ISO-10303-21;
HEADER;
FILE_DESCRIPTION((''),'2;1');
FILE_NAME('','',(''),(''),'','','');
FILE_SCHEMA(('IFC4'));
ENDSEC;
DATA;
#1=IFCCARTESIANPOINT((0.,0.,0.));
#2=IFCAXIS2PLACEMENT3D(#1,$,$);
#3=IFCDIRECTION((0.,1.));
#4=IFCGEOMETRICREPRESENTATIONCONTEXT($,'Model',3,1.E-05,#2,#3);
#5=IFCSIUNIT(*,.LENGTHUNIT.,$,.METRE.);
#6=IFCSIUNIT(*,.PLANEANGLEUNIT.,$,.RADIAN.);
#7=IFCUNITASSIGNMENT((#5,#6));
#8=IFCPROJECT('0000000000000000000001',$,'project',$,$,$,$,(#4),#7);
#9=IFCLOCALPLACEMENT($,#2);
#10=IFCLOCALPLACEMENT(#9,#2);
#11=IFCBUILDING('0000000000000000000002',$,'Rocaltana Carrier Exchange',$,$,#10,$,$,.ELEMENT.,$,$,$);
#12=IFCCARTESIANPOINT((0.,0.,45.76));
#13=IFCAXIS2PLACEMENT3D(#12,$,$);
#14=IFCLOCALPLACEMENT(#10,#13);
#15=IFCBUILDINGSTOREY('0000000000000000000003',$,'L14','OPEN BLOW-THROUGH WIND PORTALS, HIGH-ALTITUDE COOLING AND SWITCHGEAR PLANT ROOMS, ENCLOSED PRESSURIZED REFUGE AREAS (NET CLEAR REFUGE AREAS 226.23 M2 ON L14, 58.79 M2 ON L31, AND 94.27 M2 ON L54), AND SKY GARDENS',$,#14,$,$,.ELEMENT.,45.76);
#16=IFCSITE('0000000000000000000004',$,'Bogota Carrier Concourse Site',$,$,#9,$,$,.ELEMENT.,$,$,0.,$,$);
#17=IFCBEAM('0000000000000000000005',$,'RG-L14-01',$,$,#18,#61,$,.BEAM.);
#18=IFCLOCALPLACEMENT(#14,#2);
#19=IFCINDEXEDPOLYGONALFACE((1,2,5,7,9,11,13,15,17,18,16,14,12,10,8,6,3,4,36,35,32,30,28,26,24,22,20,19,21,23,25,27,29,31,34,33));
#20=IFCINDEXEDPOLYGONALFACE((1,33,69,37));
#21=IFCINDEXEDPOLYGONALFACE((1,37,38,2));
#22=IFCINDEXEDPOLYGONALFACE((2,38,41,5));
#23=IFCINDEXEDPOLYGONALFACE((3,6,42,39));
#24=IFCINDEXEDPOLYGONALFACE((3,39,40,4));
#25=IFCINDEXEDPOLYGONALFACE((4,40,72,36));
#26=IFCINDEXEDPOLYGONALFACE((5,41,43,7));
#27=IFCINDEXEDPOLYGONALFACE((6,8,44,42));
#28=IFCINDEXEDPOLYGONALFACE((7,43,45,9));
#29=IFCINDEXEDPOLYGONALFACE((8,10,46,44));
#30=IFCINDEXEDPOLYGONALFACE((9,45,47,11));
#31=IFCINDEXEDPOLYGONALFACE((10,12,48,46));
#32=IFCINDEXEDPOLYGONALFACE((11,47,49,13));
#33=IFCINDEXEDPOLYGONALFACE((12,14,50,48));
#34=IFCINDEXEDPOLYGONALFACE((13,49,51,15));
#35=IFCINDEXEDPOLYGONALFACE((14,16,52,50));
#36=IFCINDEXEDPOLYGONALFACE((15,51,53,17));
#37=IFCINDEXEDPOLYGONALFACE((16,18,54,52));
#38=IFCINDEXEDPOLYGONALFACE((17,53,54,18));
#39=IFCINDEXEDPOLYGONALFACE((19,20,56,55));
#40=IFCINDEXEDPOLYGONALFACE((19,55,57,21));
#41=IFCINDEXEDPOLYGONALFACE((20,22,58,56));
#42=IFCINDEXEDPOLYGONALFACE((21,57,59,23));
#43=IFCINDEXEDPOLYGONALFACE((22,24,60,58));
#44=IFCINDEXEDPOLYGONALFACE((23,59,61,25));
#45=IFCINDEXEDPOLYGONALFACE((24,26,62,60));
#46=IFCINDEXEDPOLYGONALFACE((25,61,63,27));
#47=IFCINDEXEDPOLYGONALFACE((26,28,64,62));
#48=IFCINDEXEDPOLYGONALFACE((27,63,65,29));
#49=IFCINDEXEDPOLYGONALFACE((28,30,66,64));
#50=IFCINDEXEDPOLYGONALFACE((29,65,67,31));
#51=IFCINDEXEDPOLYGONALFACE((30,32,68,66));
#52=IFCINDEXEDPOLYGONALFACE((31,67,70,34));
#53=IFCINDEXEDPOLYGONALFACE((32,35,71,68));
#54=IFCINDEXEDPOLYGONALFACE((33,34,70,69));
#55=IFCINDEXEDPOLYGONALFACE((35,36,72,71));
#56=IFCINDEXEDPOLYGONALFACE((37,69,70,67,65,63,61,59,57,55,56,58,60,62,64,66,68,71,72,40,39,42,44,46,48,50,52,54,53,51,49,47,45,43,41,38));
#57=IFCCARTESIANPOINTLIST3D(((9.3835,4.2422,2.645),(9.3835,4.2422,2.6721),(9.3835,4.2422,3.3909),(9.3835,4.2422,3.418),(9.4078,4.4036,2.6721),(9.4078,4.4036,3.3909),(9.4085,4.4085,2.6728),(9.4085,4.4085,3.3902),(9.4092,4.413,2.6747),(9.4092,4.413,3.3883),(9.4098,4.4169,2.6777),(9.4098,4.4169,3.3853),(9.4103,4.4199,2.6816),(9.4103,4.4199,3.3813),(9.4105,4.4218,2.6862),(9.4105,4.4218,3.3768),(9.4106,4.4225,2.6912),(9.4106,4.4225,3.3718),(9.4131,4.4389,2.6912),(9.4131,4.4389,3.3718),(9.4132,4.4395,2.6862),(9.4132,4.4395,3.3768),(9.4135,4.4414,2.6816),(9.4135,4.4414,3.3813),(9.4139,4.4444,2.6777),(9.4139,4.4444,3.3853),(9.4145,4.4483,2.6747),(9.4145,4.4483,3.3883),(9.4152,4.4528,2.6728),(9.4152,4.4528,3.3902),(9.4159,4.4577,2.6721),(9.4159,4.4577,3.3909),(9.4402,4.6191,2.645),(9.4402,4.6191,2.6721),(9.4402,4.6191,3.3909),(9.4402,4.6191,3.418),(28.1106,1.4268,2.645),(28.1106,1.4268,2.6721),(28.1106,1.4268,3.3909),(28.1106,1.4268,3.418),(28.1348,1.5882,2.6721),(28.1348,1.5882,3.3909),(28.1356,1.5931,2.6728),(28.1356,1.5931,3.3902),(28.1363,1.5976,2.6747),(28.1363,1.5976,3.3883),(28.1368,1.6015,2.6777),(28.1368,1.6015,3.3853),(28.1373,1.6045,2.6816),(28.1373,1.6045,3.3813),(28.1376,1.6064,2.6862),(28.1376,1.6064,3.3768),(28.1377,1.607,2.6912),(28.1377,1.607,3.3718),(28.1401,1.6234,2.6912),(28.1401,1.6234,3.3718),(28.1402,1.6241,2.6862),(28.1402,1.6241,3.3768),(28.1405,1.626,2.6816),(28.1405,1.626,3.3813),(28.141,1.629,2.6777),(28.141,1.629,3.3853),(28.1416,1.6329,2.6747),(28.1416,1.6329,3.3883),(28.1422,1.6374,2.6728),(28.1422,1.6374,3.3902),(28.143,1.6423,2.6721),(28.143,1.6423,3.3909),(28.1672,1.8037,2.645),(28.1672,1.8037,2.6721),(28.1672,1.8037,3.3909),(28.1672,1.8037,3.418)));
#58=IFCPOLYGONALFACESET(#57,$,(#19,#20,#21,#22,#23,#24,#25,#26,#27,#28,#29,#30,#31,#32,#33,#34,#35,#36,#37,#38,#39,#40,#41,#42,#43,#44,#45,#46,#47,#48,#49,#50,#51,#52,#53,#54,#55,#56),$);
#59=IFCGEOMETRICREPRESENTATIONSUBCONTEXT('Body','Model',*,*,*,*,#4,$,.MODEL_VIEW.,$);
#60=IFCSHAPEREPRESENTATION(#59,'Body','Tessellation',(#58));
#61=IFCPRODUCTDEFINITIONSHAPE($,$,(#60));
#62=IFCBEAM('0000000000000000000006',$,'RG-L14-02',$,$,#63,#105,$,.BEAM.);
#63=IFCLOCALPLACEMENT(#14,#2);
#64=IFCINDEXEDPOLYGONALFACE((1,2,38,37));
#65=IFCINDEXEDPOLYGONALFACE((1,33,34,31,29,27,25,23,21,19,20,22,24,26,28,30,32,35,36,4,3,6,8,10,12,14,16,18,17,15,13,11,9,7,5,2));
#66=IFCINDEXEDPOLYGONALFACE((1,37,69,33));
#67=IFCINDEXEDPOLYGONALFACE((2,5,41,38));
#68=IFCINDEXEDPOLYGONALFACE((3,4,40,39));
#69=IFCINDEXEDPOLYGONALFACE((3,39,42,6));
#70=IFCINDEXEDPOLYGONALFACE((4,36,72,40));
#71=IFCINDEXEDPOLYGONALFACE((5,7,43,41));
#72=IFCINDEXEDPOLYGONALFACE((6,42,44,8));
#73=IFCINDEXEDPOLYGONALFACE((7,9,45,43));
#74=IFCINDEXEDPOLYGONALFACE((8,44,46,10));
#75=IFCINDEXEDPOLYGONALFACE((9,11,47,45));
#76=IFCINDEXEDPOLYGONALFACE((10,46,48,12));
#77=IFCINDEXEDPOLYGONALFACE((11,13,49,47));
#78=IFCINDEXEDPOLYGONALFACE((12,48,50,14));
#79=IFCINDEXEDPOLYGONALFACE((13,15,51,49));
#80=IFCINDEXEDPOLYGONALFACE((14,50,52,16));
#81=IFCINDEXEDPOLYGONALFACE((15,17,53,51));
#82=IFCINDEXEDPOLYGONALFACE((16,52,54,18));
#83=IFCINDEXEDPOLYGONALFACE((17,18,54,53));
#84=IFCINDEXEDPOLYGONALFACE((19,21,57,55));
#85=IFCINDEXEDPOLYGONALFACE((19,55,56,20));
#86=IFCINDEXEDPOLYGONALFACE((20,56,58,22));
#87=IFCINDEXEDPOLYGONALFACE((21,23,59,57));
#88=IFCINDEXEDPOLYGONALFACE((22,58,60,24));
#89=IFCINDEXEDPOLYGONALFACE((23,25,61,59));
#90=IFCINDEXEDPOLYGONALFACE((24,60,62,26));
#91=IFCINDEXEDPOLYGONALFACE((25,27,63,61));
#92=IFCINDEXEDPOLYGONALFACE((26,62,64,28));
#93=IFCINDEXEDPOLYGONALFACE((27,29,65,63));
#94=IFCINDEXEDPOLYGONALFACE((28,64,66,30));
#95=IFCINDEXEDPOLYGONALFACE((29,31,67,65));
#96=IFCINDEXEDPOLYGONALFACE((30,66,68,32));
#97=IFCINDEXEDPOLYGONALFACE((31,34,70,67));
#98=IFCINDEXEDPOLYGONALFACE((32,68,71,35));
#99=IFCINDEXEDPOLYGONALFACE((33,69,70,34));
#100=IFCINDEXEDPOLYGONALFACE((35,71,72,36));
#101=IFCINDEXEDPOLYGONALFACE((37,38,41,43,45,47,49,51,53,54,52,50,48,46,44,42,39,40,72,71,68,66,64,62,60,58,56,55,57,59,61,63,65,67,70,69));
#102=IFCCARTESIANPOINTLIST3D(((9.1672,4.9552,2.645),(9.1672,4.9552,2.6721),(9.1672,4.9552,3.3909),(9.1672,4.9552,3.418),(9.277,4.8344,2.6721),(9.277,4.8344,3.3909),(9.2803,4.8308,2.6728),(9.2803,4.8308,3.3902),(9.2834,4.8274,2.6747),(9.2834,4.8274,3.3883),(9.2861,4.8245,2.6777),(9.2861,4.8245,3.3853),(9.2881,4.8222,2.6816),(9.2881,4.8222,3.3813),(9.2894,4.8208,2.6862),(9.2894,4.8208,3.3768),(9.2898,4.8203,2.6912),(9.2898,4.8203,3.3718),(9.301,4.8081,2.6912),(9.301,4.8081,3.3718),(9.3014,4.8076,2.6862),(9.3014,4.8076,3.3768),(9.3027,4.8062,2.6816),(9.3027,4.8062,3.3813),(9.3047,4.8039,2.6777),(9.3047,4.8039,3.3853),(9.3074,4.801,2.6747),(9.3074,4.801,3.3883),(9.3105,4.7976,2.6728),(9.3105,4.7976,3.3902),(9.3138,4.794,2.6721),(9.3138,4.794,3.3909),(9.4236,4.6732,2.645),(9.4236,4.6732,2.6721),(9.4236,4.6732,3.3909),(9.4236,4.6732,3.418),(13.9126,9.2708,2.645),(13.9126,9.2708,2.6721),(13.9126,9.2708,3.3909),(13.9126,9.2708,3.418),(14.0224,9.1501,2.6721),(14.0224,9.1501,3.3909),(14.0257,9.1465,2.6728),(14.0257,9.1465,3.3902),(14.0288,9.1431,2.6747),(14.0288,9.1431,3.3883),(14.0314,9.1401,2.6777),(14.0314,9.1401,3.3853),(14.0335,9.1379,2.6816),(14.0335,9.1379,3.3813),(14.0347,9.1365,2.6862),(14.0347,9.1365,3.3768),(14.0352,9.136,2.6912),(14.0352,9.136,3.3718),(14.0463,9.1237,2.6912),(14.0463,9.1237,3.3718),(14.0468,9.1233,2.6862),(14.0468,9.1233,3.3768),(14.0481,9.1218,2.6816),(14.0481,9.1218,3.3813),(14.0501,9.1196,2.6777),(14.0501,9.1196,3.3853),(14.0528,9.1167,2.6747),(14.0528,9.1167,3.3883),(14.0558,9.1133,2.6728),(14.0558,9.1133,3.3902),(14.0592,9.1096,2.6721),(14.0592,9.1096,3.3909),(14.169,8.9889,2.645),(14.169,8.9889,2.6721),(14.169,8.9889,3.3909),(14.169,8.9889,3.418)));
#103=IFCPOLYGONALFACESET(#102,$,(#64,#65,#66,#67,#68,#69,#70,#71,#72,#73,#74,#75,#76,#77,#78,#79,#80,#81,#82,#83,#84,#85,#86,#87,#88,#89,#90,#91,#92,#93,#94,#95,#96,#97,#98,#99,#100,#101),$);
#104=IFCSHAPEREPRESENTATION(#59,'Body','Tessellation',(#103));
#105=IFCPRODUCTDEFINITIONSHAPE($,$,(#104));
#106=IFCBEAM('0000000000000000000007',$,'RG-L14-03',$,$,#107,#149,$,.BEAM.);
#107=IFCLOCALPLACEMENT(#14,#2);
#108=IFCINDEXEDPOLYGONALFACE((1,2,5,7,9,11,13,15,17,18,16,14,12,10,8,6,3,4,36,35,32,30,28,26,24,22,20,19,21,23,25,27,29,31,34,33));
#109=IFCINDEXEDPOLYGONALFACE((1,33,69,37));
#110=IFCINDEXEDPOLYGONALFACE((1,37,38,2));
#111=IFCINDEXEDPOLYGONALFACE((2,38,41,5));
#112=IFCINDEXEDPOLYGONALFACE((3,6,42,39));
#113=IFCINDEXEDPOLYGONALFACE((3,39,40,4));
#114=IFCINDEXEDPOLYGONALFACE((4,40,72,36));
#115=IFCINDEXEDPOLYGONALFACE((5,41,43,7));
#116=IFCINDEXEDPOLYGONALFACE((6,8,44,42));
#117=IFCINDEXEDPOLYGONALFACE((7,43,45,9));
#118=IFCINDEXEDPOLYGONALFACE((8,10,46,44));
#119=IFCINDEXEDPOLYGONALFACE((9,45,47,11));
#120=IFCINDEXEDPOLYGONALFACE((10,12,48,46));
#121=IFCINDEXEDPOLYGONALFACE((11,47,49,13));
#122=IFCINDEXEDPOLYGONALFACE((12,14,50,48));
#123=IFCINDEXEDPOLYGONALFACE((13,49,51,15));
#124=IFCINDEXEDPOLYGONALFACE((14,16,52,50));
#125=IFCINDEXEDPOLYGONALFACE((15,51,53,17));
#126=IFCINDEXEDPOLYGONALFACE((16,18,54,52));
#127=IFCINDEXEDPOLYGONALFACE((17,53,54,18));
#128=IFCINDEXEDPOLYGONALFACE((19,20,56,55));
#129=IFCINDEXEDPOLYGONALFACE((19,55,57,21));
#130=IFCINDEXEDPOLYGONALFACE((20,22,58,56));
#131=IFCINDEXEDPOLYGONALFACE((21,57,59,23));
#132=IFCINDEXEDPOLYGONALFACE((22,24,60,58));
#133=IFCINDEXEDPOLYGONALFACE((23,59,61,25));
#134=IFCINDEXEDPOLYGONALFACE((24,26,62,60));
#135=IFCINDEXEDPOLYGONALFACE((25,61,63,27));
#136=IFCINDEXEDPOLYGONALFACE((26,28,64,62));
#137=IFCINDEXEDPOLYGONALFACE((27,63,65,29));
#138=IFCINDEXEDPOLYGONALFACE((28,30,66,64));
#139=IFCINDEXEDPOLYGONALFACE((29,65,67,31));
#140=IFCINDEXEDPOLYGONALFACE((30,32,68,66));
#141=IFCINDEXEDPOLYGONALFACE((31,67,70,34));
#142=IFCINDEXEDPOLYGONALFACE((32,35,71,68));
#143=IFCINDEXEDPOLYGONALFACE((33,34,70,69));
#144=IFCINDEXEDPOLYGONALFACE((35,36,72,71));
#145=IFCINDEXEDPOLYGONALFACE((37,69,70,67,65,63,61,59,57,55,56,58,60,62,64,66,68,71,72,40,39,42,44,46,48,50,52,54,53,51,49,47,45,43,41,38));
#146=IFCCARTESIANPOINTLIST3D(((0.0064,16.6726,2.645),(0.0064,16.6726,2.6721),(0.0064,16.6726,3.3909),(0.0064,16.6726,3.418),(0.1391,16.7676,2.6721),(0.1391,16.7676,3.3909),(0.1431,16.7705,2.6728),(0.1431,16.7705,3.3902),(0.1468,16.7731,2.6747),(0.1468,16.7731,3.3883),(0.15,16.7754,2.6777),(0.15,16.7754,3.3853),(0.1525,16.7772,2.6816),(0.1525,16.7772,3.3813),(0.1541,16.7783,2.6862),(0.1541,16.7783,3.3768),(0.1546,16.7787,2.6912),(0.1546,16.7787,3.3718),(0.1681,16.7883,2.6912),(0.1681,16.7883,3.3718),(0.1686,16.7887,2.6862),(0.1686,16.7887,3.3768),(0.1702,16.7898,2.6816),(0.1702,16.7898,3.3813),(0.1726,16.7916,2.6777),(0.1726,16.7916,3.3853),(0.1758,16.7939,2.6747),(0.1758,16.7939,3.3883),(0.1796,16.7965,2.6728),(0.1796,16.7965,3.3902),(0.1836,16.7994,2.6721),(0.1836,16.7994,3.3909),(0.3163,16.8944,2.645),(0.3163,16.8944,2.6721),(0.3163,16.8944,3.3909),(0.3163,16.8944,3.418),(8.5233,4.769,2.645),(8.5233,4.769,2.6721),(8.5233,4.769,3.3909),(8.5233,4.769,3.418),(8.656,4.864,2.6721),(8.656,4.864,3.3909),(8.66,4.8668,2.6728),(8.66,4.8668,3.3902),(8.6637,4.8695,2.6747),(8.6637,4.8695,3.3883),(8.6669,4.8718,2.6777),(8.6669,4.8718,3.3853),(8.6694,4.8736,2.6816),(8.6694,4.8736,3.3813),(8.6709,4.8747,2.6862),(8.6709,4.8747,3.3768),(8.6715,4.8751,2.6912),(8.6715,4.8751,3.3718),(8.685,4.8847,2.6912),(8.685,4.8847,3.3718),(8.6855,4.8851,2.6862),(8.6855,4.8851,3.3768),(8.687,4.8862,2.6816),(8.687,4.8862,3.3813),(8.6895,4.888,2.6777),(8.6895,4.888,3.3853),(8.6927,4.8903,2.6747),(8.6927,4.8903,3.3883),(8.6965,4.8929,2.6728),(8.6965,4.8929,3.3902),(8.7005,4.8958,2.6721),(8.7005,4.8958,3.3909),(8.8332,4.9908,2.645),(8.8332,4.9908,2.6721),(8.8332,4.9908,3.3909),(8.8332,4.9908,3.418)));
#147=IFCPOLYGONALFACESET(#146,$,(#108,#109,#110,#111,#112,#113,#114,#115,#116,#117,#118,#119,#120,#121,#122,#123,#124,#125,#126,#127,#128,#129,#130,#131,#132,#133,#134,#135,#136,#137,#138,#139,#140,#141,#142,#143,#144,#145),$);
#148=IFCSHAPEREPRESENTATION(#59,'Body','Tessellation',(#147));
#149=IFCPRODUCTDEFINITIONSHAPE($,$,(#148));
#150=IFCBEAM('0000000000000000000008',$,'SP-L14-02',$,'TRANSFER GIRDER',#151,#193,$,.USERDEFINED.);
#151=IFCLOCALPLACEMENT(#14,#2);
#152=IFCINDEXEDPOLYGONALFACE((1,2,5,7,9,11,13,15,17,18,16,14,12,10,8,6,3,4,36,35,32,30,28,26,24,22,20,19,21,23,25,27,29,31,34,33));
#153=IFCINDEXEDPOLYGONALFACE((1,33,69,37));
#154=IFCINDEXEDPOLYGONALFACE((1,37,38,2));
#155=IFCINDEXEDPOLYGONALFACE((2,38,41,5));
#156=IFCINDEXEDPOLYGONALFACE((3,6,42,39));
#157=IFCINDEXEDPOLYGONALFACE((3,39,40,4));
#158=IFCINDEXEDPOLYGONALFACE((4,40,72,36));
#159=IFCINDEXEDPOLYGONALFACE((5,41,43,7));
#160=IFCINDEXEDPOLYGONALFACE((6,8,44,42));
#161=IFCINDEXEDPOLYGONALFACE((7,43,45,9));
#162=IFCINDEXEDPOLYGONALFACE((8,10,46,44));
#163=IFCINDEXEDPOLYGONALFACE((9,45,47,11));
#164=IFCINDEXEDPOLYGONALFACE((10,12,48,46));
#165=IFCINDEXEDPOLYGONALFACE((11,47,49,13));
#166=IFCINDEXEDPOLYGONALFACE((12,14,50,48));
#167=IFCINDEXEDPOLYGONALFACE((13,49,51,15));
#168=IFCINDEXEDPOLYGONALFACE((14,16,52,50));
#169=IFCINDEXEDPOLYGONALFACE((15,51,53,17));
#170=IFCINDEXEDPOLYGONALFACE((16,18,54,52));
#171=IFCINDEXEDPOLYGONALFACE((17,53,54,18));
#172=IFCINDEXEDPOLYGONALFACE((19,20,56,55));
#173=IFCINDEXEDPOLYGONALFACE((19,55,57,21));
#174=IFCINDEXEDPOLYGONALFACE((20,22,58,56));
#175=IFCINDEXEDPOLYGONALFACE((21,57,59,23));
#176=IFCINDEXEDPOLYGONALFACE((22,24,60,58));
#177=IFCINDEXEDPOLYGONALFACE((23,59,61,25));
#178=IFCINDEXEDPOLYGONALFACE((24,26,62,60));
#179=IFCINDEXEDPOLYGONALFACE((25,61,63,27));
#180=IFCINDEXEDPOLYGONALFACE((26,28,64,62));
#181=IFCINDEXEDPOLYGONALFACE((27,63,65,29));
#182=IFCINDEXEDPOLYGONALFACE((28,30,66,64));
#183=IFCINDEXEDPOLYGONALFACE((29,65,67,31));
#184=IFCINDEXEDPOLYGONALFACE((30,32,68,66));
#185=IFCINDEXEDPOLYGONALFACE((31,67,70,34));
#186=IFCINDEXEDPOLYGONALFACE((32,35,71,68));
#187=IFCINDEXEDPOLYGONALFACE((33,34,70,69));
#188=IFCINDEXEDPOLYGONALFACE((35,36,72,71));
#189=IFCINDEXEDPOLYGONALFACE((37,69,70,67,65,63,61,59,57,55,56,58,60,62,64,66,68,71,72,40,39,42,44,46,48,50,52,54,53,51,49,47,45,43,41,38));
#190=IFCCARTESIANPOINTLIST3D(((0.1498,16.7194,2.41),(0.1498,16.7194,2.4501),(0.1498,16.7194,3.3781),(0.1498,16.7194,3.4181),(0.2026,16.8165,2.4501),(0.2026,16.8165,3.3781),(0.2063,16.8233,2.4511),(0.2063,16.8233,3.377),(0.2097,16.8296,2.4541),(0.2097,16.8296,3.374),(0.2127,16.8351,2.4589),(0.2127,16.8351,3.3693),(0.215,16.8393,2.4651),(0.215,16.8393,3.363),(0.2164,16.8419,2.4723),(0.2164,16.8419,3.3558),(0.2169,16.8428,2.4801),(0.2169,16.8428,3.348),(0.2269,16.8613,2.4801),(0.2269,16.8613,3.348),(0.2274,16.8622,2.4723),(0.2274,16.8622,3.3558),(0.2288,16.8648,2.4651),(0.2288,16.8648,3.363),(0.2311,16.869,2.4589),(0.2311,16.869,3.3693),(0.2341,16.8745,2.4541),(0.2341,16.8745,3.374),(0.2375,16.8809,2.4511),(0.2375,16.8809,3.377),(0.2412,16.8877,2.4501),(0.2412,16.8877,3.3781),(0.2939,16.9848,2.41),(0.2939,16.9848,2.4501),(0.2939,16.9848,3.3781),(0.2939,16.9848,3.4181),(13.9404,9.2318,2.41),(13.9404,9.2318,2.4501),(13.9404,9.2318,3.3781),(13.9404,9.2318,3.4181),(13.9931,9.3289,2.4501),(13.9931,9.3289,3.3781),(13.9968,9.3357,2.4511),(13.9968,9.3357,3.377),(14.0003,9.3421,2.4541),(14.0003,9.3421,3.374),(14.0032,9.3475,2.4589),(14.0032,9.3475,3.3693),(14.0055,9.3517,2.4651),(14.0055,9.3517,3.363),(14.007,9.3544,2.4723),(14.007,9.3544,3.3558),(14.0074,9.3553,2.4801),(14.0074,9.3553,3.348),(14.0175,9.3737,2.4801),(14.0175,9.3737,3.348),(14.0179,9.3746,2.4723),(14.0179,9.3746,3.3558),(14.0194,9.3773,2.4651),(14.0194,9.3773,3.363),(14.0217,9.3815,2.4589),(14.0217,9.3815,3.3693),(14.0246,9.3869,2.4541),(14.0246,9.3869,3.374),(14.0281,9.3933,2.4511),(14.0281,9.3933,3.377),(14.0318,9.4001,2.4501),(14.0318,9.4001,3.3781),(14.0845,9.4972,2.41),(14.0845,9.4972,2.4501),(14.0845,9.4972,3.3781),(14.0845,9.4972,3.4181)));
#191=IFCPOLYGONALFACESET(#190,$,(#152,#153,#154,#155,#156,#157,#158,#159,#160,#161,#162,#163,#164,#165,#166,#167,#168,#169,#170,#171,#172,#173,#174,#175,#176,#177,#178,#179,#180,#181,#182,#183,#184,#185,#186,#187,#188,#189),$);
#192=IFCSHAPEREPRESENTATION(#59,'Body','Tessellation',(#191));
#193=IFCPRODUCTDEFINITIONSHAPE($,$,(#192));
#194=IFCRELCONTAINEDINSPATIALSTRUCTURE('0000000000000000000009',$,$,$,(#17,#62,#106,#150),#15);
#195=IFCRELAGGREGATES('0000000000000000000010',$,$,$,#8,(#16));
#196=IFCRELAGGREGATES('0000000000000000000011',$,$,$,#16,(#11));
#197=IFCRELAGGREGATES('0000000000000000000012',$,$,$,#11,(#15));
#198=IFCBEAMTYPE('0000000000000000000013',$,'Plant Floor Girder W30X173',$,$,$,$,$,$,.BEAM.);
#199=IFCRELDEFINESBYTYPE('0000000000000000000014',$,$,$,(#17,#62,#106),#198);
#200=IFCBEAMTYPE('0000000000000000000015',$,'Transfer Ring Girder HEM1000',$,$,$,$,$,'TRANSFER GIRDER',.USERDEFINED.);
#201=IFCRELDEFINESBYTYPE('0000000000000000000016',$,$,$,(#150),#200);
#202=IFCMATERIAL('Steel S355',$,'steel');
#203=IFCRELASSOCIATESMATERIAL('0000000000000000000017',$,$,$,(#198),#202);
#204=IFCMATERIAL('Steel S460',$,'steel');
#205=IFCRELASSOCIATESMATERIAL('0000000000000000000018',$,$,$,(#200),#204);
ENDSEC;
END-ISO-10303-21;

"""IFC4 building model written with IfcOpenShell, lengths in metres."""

from ifc_helpers import new_model, si_unit, direction, frame, origin, origin_2d, place, context, subcontext, project, spatial, i_section, extrude, material, material_profile, profile_set, type_object, element, save


model = new_model("IFC4")

# Units and contexts
model_context = context("Model", 3, precision=1e-05, world=origin(), true_north=direction((0.0, 1.0)))
body_context = subcontext(model_context, "Body", "Model", "MODEL_VIEW")
ifc_project = project(units=[si_unit("LENGTHUNIT", "METRE"), si_unit("PLANEANGLEUNIT", "RADIAN")], contexts=[model_context])

# Site, building, storey
site_placement = place(None, origin())
site = spatial("IfcSite", under=ifc_project, at=site_placement, Name="Bogota Carrier Concourse Site", CompositionType="ELEMENT", RefElevation=0.0)
building_placement = place(site_placement, origin())
building = spatial("IfcBuilding", under=site, at=building_placement, Name="Rocaltana Carrier Exchange", CompositionType="ELEMENT")
storey_placement = place(building_placement, frame((0.0, 0.0, 45.76)))
storey = spatial("IfcBuildingStorey", under=building, at=storey_placement, Name="L14", Description="OPEN BLOW-THROUGH WIND PORTALS, HIGH-ALTITUDE COOLING AND SWITCHGEAR PLANT ROOMS, ENCLOSED PRESSURIZED REFUGE AREAS (NET CLEAR REFUGE AREAS 226.23 M2 ON L14, 58.79 M2 ON L31, AND 94.27 M2 ON L54), AND SKY GARDENS", CompositionType="ELEMENT", Elevation=45.76)

# Beams
ifc_material_1 = material(Name="Steel S355", Category="steel")
ifc_material_profile_1 = material_profile(ifc_material_1, i_section(OverallWidth=0.3811, OverallDepth=0.7729, WebThickness=0.0166, FlangeThickness=0.0271, FilletRadius=0.019, at=origin_2d()), Name="W30X173")
ifc_profile_set_1 = profile_set([ifc_material_profile_1], Name="Steel S355")
beam_type_1 = type_object("IfcBeamType", Name="Plant Floor Girder W30X173", PredefinedType="BEAM", material=ifc_profile_set_1)
beam_1_placement = place(storey_placement, frame((9.4119, 4.4307, 3.0315), z_axis=(0.988887, -0.14867, 0.0), x_axis=(0.14867, 0.988887, 0.0)))
element("IfcBeam", 1, at=beam_1_placement, inside=storey, type_object=beam_type_1, Name="RG-L14-01", PredefinedType="BEAM", context=body_context, shape_type="SweptSolid", body=[
    extrude(i_section(OverallWidth=0.3811, OverallDepth=0.7729, WebThickness=0.0166, FlangeThickness=0.0271, FilletRadius=0.019, at=origin_2d()), origin(), (0.0, 0.0, 1.0), 18.9375),
])
beam_2_placement = place(storey_placement, frame((9.2954, 4.8142, 3.0315), z_axis=(0.739807, 0.672819, 0.0), x_axis=(-0.672819, 0.739807, 0.0)))
element("IfcBeam", 2, at=beam_2_placement, inside=storey, type_object=beam_type_1, Name="RG-L14-02", PredefinedType="BEAM", context=body_context, shape_type="SweptSolid", body=[
    extrude(i_section(OverallWidth=0.3811, OverallDepth=0.7729, WebThickness=0.0166, FlangeThickness=0.0271, FilletRadius=0.019, at=origin_2d()), origin(), (0.0, 0.0, 1.0), 6.4143),
])
beam_3_placement = place(storey_placement, frame((8.6782, 4.8799, 3.0315), z_axis=(-0.581885, 0.813271, 0.0), x_axis=(-0.813271, -0.581885, 0.0)))
element("IfcBeam", 3, at=beam_3_placement, inside=storey, type_object=beam_type_1, Name="RG-L14-03", PredefinedType="BEAM", context=body_context, shape_type="SweptSolid", body=[
    extrude(i_section(OverallWidth=0.3811, OverallDepth=0.7729, WebThickness=0.0166, FlangeThickness=0.0271, FilletRadius=0.019, at=origin_2d()), origin(), (0.0, 0.0, 1.0), 14.6367),
])
ifc_material_2 = material(Name="Steel S460", Category="steel")
ifc_material_profile_2 = material_profile(ifc_material_2, i_section(OverallWidth=0.302, OverallDepth=1.0081, WebThickness=0.021, FlangeThickness=0.04, FilletRadius=0.03, at=origin_2d()), Name="HEM1000")
ifc_profile_set_2 = profile_set([ifc_material_profile_2], Name="Steel S460")
beam_type_2 = type_object("IfcBeamType", Name="Transfer Ring Girder HEM1000", ElementType="TRANSFER GIRDER", PredefinedType="USERDEFINED", material=ifc_profile_set_2)
beam_4_placement = place(storey_placement, frame((14.0125, 9.3645, 2.9141), z_axis=(-0.87882, 0.477154, 0.0), x_axis=(-0.477154, -0.87882, 0.0)))
element("IfcBeam", 4, at=beam_4_placement, inside=storey, type_object=beam_type_2, Name="SP-L14-02", ObjectType="TRANSFER GIRDER", PredefinedType="USERDEFINED", context=body_context, shape_type="SweptSolid", body=[
    extrude(i_section(OverallWidth=0.302, OverallDepth=1.0081, WebThickness=0.021, FlangeThickness=0.04, FilletRadius=0.03, at=origin_2d()), origin(), (0.0, 0.0, 1.0), 15.6921),
])

save(model, "model.ifc")
